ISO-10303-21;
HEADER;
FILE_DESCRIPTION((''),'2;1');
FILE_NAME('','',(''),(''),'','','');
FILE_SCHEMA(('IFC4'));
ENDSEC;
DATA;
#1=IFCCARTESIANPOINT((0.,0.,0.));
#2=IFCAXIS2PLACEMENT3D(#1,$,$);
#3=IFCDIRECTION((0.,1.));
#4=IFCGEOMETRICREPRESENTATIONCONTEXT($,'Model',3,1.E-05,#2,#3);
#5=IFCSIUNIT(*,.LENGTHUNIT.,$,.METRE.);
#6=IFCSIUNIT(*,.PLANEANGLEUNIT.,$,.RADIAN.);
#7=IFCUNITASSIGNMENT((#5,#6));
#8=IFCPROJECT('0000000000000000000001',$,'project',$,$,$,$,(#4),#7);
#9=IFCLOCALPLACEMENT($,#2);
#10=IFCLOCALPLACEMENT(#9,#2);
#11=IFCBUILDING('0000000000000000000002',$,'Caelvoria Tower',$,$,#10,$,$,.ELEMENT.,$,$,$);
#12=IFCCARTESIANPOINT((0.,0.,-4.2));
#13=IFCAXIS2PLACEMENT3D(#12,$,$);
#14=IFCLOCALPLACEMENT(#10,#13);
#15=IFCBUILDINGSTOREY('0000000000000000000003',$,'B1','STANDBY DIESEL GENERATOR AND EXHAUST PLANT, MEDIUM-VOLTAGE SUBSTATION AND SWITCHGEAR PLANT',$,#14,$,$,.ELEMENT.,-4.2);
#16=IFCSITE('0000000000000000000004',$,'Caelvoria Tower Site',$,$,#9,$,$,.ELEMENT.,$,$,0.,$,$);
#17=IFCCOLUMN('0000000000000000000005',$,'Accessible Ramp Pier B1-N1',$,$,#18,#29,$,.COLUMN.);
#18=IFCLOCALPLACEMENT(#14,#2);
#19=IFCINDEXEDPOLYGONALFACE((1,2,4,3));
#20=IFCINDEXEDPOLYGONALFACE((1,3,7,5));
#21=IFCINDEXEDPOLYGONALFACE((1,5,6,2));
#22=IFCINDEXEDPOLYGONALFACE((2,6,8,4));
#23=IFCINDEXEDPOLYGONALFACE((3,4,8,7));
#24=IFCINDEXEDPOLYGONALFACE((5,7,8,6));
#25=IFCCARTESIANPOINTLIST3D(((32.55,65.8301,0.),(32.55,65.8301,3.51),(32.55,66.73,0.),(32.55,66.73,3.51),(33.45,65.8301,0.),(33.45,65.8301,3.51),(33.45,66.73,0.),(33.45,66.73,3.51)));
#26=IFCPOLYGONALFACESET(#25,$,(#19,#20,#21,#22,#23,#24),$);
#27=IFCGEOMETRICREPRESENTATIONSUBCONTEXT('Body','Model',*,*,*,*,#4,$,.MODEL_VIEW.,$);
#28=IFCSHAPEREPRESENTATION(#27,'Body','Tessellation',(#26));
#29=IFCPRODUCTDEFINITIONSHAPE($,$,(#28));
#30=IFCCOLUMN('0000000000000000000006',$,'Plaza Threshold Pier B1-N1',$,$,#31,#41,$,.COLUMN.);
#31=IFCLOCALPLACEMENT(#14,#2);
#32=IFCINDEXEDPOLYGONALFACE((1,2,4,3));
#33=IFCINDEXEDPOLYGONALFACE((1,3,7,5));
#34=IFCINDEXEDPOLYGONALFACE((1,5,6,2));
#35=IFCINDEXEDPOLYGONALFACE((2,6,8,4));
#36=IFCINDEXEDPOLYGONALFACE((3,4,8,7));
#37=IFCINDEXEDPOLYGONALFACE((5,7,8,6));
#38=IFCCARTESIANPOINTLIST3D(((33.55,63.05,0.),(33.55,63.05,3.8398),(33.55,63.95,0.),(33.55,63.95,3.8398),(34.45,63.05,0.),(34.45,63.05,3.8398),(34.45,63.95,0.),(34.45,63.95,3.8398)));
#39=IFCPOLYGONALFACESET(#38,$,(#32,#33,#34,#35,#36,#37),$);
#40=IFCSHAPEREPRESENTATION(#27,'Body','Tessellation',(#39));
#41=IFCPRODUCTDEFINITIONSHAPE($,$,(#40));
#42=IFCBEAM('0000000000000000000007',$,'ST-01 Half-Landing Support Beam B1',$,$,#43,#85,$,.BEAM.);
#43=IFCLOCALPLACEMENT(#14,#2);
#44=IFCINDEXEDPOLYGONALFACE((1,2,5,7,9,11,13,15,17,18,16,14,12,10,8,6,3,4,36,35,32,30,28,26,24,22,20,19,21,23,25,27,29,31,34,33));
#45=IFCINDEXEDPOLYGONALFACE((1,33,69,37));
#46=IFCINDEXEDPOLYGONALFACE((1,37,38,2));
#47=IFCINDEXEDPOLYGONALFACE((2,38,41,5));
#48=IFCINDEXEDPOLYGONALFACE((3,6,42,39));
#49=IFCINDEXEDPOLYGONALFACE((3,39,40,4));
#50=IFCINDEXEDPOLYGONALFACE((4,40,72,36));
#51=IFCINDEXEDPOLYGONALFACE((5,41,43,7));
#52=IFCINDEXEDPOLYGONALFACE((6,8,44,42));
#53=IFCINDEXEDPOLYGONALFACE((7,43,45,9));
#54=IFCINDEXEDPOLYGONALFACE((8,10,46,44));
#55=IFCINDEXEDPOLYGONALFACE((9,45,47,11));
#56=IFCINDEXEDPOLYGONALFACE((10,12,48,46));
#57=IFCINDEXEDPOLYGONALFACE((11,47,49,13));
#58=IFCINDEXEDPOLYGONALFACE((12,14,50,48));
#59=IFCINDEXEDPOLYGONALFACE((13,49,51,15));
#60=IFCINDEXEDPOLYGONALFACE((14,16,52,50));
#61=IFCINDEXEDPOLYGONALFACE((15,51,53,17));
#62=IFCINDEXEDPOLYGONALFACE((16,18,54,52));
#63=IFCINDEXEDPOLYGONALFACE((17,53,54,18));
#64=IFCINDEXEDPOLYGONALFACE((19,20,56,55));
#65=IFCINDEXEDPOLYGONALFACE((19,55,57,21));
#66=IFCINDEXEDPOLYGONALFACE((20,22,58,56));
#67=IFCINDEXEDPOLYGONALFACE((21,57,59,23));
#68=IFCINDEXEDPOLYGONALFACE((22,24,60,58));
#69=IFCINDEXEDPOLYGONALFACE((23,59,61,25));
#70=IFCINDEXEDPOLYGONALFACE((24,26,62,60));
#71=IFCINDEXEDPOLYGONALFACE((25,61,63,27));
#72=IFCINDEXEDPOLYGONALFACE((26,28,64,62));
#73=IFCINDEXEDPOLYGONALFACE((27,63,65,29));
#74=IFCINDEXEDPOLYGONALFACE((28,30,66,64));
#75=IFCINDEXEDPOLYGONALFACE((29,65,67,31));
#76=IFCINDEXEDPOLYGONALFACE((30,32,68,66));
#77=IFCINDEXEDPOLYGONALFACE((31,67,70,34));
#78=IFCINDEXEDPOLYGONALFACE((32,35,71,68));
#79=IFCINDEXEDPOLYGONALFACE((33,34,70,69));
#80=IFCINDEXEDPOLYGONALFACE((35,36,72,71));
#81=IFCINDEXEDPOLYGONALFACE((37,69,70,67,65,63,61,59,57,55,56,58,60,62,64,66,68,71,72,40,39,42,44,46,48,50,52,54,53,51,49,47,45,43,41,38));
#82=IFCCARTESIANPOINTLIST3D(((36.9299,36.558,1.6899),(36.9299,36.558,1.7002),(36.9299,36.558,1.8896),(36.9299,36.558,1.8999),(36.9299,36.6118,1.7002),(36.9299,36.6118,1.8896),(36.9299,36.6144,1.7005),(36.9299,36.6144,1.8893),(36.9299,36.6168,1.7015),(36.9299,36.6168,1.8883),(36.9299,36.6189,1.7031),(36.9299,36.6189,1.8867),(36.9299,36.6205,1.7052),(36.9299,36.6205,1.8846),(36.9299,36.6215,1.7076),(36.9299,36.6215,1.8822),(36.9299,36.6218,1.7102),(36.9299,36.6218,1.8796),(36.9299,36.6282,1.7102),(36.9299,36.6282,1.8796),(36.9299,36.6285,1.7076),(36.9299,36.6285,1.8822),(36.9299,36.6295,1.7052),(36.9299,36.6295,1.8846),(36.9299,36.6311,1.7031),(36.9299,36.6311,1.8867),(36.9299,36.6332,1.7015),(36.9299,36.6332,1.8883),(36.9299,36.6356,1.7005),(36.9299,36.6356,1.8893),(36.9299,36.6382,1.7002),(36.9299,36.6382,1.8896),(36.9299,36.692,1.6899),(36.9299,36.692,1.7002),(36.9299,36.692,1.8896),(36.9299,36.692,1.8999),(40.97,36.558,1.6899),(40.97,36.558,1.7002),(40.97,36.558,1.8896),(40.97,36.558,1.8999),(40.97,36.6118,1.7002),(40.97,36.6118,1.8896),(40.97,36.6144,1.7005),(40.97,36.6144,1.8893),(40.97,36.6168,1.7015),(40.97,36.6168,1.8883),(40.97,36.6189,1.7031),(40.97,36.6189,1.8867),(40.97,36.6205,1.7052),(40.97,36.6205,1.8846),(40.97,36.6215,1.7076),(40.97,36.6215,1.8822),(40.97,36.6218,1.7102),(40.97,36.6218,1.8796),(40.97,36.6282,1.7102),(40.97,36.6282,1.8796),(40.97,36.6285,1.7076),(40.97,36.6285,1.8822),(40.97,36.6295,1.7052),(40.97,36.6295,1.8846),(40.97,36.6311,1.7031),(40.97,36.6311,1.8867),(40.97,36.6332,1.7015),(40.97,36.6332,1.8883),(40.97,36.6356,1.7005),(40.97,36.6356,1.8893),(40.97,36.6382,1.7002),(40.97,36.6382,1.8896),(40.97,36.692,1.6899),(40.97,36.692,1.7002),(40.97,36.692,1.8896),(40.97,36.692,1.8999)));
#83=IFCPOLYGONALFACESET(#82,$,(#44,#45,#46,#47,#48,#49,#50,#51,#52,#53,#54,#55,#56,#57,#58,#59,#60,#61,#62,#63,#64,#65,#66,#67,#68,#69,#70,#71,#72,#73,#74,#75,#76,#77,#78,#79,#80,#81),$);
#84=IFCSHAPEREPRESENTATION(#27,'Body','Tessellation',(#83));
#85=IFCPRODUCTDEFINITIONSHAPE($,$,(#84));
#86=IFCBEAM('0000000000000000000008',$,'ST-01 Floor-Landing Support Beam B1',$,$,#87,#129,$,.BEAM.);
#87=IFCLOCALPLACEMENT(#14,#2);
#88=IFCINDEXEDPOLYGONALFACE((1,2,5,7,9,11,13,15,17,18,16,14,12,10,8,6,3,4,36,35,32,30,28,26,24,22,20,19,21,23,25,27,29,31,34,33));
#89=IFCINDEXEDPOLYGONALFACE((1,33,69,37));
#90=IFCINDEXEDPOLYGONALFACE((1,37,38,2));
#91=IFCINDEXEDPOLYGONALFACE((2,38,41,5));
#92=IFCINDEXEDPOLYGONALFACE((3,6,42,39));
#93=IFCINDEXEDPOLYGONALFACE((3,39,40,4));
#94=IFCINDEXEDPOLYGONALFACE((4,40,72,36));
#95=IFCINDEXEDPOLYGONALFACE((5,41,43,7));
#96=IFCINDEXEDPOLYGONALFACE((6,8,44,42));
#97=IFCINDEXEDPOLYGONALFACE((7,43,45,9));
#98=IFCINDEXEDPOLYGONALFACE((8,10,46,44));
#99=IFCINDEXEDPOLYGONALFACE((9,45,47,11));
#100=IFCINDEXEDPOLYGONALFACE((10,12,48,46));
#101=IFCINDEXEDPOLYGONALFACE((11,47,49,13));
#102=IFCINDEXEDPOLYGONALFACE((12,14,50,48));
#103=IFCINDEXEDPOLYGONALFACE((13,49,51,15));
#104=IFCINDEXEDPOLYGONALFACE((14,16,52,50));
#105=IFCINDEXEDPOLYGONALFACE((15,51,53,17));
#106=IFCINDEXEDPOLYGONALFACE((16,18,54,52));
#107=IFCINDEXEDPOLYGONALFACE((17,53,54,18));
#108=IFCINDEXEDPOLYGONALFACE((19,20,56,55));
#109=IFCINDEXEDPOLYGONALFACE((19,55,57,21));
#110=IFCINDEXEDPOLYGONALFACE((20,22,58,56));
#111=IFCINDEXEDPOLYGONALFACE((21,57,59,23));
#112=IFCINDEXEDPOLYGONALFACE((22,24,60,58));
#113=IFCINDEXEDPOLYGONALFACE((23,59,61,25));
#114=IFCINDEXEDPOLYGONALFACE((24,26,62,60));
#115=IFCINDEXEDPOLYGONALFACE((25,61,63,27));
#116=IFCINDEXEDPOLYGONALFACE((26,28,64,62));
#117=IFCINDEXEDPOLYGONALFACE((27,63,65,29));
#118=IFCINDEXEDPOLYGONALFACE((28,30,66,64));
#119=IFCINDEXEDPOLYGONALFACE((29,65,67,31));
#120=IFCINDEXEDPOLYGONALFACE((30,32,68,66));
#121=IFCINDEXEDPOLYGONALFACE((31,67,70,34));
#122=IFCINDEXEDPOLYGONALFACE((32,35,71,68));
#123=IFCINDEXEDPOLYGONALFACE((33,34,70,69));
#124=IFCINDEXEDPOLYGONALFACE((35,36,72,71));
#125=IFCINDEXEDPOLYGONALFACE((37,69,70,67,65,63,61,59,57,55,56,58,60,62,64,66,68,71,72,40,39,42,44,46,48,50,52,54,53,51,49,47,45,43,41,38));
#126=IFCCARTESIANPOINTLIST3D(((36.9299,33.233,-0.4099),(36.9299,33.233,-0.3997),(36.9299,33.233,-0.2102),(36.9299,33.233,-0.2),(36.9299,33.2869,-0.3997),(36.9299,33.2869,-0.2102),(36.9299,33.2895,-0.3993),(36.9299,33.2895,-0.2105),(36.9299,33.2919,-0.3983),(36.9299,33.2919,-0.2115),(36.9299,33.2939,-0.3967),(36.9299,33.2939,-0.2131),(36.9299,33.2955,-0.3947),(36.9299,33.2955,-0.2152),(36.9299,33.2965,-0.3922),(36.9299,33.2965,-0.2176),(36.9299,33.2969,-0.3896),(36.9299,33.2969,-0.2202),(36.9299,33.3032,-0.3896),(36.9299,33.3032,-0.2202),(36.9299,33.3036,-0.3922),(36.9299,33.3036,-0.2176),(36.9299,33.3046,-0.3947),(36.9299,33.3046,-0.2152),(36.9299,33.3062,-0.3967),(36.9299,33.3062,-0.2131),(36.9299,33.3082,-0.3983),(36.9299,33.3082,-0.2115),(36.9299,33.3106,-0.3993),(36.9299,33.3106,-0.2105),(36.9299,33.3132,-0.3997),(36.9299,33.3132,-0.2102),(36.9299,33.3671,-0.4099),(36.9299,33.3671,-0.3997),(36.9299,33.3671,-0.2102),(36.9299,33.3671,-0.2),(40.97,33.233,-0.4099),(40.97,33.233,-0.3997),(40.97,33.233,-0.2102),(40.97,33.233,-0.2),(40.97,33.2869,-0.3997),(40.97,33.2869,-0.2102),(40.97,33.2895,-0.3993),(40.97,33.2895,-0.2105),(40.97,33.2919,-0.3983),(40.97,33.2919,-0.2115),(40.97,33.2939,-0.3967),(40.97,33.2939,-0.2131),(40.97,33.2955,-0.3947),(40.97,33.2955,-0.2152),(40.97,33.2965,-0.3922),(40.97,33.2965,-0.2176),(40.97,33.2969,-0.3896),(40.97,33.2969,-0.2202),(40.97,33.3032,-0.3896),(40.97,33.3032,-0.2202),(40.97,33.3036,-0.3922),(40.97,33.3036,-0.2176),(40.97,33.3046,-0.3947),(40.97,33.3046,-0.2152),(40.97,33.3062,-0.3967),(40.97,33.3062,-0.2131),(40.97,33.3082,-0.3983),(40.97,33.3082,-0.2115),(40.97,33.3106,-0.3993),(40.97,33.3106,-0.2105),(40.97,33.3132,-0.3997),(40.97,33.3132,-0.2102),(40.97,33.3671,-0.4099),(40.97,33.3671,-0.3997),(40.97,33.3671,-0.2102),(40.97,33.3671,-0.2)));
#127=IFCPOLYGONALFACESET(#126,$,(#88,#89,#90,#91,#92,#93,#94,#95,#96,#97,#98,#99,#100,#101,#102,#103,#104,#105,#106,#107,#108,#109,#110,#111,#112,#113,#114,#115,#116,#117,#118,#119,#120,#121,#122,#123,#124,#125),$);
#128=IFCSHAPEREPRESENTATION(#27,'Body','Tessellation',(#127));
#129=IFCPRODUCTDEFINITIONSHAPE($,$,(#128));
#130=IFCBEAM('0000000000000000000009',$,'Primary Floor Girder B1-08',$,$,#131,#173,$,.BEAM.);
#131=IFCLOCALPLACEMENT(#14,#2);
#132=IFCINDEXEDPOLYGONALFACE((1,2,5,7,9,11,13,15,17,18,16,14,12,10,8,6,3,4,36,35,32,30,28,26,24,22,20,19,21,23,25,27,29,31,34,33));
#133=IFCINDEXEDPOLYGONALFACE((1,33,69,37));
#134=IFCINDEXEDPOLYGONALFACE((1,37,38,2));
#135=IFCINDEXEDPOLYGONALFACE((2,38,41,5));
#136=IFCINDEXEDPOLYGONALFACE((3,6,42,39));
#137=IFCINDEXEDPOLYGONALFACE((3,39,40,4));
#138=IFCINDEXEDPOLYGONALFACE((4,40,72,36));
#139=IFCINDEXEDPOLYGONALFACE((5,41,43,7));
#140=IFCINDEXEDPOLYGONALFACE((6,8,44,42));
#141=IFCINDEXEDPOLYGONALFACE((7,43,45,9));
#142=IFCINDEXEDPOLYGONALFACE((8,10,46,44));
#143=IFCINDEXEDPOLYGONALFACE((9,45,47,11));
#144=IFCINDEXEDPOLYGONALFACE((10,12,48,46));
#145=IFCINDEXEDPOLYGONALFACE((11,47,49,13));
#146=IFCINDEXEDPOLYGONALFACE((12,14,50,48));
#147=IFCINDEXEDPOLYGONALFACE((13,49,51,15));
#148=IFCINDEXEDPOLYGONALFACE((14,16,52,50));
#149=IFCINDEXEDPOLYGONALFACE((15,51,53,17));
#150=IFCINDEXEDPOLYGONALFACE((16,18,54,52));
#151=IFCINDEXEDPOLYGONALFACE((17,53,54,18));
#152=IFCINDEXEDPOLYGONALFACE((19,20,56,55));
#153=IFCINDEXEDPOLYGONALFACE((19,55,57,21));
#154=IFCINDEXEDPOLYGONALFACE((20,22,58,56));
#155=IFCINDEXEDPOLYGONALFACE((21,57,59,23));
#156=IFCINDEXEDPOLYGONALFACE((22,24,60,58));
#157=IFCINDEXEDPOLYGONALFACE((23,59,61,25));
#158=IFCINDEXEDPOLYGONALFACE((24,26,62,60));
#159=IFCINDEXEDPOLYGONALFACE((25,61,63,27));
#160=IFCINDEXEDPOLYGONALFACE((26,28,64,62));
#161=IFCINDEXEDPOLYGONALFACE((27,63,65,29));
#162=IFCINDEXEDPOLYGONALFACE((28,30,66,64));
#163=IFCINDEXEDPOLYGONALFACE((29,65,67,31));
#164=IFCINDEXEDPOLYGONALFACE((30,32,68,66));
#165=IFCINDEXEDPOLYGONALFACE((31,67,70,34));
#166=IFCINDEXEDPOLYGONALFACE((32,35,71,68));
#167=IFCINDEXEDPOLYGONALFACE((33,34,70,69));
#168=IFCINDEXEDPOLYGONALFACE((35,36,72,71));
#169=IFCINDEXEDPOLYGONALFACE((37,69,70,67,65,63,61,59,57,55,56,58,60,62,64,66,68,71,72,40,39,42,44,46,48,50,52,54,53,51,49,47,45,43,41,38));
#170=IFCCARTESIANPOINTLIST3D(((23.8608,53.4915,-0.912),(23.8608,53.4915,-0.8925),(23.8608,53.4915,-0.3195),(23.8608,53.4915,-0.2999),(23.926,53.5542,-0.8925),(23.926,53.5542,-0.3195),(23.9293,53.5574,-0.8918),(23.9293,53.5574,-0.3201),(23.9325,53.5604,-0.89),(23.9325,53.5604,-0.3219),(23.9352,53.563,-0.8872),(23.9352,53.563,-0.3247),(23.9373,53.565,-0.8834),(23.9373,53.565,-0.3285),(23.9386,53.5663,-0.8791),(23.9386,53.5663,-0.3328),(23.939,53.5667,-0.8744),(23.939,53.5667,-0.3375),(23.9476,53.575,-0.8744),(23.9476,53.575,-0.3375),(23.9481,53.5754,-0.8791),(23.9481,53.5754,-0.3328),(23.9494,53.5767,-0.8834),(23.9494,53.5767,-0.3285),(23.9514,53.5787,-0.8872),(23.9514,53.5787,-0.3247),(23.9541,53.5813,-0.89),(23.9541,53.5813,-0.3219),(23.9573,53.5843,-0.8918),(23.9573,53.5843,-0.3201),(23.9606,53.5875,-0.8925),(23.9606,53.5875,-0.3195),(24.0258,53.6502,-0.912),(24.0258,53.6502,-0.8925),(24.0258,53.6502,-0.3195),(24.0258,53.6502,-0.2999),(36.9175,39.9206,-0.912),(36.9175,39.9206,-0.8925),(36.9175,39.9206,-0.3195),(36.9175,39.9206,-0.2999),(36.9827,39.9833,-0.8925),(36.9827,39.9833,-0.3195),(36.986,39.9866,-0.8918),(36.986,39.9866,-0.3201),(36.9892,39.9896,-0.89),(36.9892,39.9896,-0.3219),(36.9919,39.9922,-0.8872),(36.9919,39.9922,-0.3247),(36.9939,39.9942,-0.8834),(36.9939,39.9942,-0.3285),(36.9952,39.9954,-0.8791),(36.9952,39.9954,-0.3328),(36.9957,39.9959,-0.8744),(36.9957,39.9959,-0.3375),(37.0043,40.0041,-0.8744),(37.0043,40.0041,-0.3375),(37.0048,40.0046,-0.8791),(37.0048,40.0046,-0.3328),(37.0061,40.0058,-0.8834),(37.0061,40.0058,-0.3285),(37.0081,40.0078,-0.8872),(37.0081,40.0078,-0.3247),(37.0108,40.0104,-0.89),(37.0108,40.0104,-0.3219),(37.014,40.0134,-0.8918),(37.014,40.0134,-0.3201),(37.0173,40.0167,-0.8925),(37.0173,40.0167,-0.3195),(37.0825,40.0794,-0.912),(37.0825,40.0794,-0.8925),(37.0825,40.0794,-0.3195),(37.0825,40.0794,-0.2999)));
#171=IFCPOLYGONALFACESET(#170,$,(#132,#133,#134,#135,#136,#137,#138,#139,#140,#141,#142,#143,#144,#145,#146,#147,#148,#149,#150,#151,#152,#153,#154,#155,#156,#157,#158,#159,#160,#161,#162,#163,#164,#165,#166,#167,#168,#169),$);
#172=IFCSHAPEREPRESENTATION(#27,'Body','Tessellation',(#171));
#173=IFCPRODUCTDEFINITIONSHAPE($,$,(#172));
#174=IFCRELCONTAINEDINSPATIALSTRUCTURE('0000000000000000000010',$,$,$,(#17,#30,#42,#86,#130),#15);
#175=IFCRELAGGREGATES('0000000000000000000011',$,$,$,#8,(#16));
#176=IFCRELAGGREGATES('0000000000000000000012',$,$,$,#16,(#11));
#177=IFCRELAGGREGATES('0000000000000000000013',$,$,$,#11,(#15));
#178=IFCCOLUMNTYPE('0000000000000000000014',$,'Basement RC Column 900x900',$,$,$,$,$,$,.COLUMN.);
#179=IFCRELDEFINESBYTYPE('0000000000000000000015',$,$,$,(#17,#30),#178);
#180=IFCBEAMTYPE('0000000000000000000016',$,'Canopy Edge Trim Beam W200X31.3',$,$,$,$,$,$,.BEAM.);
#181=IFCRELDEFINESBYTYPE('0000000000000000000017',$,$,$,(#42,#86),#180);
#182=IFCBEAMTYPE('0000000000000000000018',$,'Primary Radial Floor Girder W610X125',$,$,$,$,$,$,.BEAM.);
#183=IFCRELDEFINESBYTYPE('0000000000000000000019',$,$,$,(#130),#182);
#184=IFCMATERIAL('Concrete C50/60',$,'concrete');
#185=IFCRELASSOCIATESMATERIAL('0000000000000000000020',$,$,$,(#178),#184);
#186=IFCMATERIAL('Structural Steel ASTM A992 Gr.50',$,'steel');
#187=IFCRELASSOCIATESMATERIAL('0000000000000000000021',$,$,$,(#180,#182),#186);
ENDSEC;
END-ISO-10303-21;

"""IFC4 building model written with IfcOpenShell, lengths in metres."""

from ifc_helpers import new_model, si_unit, direction, frame, origin, origin_2d, place, context, subcontext, project, spatial, rectangle, i_section, extrude, material, material_profile, profile_set, type_object, element, save


model = new_model("IFC4")

# Units and contexts
model_context = context("Model", 3, precision=1e-05, world=origin(), true_north=direction((0.0, 1.0)))
body_context = subcontext(model_context, "Body", "Model", "MODEL_VIEW")
ifc_project = project(units=[si_unit("LENGTHUNIT", "METRE"), si_unit("PLANEANGLEUNIT", "RADIAN")], contexts=[model_context])

# Site, building, storey
site_placement = place(None, origin())
site = spatial("IfcSite", under=ifc_project, at=site_placement, Name="Caelvoria Tower Site", CompositionType="ELEMENT", RefElevation=0.0)
building_placement = place(site_placement, origin())
building = spatial("IfcBuilding", under=site, at=building_placement, Name="Caelvoria Tower", CompositionType="ELEMENT")
storey_placement = place(building_placement, frame((0.0, 0.0, -4.2)))
storey = spatial("IfcBuildingStorey", under=building, at=storey_placement, Name="B1", Description="STANDBY DIESEL GENERATOR AND EXHAUST PLANT, MEDIUM-VOLTAGE SUBSTATION AND SWITCHGEAR PLANT", CompositionType="ELEMENT", Elevation=-4.2)

# Columns
ifc_material_1 = material(Name="Concrete C50/60", Category="concrete")
ifc_material_profile_1 = material_profile(ifc_material_1, rectangle(XDim=0.8999, YDim=0.8999, at=origin_2d()), Name="Concrete C50/60")
ifc_profile_set_1 = profile_set([ifc_material_profile_1], Name="RC_COL_900X900 - Concrete C50/60")
column_type = type_object("IfcColumnType", Name="Basement RC Column 900x900", PredefinedType="COLUMN", material=ifc_profile_set_1)
column_1_placement = place(storey_placement, frame((33.0, 66.28, 0.0), z_axis=(0.0, 0.0, 1.0), x_axis=(1.0, 0.0, 0.0)))
element("IfcColumn", 1, at=column_1_placement, inside=storey, type_object=column_type, Name="Accessible Ramp Pier B1-N1", PredefinedType="COLUMN", context=body_context, shape_type="SweptSolid", body=[
    extrude(rectangle(XDim=0.8999, YDim=0.8999, at=origin_2d()), origin(), (0.0, 0.0, 1.0), 3.51),
])
column_2_placement = place(storey_placement, frame((34.0, 63.5, 0.0), z_axis=(0.0, 0.0, 1.0), x_axis=(1.0, 0.0, 0.0)))
element("IfcColumn", 2, at=column_2_placement, inside=storey, type_object=column_type, Name="Plaza Threshold Pier B1-N1", PredefinedType="COLUMN", context=body_context, shape_type="SweptSolid", body=[
    extrude(rectangle(XDim=0.8999, YDim=0.8999, at=origin_2d()), origin(), (0.0, 0.0, 1.0), 3.8398),
])

# Beams
ifc_material_2 = material(Name="Structural Steel ASTM A992 Gr.50", Category="steel")
ifc_material_profile_2 = material_profile(ifc_material_2, i_section(OverallWidth=0.134, OverallDepth=0.21, WebThickness=0.0063, FlangeThickness=0.0103, FilletRadius=0.01, at=origin_2d()), Name="Structural Steel ASTM A992 Gr.50")
ifc_profile_set_2 = profile_set([ifc_material_profile_2], Name="W200X31.3 - Structural Steel ASTM A992 Gr.50")
beam_type_1 = type_object("IfcBeamType", Name="Canopy Edge Trim Beam W200X31.3", PredefinedType="BEAM", material=ifc_profile_set_2)
for number, where, z_axis, x_axis, name in (
    (3, (36.9299, 36.625, 1.7949), (1.0, 0.0, 0.0), (0.0, 1.0, 0.0), "ST-01 Half-Landing Support Beam B1"),
    (4, (36.9299, 33.3, -0.3049), (1.0, 0.0, 0.0), (0.0, 1.0, 0.0), "ST-01 Floor-Landing Support Beam B1"),
):
    element("IfcBeam", number, at=place(storey_placement, frame(where, z_axis=z_axis, x_axis=x_axis)), inside=storey, type_object=beam_type_1, Name=name, PredefinedType="BEAM", context=body_context, shape_type="SweptSolid", body=[
        extrude(i_section(OverallWidth=0.134, OverallDepth=0.21, WebThickness=0.0063, FlangeThickness=0.0103, FilletRadius=0.01, at=origin_2d()), origin(), (0.0, 0.0, 1.0), 4.04),
    ])
ifc_material_profile_3 = material_profile(ifc_material_2, i_section(OverallWidth=0.229, OverallDepth=0.6121, WebThickness=0.012, FlangeThickness=0.0195, FilletRadius=0.0181, at=origin_2d()), Name="Structural Steel ASTM A992 Gr.50")
ifc_profile_set_3 = profile_set([ifc_material_profile_3], Name="W610X125 - Structural Steel ASTM A992 Gr.50")
beam_type_2 = type_object("IfcBeamType", Name="Primary Radial Floor Girder W610X125", PredefinedType="BEAM", material=ifc_profile_set_3)
beam_1_placement = place(storey_placement, frame((37.0, 40.0, -0.606), z_axis=(-0.693324, 0.720626, 0.0), x_axis=(-0.720626, -0.693324, 0.0)))
element("IfcBeam", 5, at=beam_1_placement, inside=storey, type_object=beam_type_2, Name="Primary Floor Girder B1-08", PredefinedType="BEAM", context=body_context, shape_type="SweptSolid", body=[
    extrude(i_section(OverallWidth=0.229, OverallDepth=0.6121, WebThickness=0.012, FlangeThickness=0.0195, FilletRadius=0.0181, at=origin_2d()), origin(), (0.0, 0.0, 1.0), 18.832),
])

save(model, "model.ifc")
